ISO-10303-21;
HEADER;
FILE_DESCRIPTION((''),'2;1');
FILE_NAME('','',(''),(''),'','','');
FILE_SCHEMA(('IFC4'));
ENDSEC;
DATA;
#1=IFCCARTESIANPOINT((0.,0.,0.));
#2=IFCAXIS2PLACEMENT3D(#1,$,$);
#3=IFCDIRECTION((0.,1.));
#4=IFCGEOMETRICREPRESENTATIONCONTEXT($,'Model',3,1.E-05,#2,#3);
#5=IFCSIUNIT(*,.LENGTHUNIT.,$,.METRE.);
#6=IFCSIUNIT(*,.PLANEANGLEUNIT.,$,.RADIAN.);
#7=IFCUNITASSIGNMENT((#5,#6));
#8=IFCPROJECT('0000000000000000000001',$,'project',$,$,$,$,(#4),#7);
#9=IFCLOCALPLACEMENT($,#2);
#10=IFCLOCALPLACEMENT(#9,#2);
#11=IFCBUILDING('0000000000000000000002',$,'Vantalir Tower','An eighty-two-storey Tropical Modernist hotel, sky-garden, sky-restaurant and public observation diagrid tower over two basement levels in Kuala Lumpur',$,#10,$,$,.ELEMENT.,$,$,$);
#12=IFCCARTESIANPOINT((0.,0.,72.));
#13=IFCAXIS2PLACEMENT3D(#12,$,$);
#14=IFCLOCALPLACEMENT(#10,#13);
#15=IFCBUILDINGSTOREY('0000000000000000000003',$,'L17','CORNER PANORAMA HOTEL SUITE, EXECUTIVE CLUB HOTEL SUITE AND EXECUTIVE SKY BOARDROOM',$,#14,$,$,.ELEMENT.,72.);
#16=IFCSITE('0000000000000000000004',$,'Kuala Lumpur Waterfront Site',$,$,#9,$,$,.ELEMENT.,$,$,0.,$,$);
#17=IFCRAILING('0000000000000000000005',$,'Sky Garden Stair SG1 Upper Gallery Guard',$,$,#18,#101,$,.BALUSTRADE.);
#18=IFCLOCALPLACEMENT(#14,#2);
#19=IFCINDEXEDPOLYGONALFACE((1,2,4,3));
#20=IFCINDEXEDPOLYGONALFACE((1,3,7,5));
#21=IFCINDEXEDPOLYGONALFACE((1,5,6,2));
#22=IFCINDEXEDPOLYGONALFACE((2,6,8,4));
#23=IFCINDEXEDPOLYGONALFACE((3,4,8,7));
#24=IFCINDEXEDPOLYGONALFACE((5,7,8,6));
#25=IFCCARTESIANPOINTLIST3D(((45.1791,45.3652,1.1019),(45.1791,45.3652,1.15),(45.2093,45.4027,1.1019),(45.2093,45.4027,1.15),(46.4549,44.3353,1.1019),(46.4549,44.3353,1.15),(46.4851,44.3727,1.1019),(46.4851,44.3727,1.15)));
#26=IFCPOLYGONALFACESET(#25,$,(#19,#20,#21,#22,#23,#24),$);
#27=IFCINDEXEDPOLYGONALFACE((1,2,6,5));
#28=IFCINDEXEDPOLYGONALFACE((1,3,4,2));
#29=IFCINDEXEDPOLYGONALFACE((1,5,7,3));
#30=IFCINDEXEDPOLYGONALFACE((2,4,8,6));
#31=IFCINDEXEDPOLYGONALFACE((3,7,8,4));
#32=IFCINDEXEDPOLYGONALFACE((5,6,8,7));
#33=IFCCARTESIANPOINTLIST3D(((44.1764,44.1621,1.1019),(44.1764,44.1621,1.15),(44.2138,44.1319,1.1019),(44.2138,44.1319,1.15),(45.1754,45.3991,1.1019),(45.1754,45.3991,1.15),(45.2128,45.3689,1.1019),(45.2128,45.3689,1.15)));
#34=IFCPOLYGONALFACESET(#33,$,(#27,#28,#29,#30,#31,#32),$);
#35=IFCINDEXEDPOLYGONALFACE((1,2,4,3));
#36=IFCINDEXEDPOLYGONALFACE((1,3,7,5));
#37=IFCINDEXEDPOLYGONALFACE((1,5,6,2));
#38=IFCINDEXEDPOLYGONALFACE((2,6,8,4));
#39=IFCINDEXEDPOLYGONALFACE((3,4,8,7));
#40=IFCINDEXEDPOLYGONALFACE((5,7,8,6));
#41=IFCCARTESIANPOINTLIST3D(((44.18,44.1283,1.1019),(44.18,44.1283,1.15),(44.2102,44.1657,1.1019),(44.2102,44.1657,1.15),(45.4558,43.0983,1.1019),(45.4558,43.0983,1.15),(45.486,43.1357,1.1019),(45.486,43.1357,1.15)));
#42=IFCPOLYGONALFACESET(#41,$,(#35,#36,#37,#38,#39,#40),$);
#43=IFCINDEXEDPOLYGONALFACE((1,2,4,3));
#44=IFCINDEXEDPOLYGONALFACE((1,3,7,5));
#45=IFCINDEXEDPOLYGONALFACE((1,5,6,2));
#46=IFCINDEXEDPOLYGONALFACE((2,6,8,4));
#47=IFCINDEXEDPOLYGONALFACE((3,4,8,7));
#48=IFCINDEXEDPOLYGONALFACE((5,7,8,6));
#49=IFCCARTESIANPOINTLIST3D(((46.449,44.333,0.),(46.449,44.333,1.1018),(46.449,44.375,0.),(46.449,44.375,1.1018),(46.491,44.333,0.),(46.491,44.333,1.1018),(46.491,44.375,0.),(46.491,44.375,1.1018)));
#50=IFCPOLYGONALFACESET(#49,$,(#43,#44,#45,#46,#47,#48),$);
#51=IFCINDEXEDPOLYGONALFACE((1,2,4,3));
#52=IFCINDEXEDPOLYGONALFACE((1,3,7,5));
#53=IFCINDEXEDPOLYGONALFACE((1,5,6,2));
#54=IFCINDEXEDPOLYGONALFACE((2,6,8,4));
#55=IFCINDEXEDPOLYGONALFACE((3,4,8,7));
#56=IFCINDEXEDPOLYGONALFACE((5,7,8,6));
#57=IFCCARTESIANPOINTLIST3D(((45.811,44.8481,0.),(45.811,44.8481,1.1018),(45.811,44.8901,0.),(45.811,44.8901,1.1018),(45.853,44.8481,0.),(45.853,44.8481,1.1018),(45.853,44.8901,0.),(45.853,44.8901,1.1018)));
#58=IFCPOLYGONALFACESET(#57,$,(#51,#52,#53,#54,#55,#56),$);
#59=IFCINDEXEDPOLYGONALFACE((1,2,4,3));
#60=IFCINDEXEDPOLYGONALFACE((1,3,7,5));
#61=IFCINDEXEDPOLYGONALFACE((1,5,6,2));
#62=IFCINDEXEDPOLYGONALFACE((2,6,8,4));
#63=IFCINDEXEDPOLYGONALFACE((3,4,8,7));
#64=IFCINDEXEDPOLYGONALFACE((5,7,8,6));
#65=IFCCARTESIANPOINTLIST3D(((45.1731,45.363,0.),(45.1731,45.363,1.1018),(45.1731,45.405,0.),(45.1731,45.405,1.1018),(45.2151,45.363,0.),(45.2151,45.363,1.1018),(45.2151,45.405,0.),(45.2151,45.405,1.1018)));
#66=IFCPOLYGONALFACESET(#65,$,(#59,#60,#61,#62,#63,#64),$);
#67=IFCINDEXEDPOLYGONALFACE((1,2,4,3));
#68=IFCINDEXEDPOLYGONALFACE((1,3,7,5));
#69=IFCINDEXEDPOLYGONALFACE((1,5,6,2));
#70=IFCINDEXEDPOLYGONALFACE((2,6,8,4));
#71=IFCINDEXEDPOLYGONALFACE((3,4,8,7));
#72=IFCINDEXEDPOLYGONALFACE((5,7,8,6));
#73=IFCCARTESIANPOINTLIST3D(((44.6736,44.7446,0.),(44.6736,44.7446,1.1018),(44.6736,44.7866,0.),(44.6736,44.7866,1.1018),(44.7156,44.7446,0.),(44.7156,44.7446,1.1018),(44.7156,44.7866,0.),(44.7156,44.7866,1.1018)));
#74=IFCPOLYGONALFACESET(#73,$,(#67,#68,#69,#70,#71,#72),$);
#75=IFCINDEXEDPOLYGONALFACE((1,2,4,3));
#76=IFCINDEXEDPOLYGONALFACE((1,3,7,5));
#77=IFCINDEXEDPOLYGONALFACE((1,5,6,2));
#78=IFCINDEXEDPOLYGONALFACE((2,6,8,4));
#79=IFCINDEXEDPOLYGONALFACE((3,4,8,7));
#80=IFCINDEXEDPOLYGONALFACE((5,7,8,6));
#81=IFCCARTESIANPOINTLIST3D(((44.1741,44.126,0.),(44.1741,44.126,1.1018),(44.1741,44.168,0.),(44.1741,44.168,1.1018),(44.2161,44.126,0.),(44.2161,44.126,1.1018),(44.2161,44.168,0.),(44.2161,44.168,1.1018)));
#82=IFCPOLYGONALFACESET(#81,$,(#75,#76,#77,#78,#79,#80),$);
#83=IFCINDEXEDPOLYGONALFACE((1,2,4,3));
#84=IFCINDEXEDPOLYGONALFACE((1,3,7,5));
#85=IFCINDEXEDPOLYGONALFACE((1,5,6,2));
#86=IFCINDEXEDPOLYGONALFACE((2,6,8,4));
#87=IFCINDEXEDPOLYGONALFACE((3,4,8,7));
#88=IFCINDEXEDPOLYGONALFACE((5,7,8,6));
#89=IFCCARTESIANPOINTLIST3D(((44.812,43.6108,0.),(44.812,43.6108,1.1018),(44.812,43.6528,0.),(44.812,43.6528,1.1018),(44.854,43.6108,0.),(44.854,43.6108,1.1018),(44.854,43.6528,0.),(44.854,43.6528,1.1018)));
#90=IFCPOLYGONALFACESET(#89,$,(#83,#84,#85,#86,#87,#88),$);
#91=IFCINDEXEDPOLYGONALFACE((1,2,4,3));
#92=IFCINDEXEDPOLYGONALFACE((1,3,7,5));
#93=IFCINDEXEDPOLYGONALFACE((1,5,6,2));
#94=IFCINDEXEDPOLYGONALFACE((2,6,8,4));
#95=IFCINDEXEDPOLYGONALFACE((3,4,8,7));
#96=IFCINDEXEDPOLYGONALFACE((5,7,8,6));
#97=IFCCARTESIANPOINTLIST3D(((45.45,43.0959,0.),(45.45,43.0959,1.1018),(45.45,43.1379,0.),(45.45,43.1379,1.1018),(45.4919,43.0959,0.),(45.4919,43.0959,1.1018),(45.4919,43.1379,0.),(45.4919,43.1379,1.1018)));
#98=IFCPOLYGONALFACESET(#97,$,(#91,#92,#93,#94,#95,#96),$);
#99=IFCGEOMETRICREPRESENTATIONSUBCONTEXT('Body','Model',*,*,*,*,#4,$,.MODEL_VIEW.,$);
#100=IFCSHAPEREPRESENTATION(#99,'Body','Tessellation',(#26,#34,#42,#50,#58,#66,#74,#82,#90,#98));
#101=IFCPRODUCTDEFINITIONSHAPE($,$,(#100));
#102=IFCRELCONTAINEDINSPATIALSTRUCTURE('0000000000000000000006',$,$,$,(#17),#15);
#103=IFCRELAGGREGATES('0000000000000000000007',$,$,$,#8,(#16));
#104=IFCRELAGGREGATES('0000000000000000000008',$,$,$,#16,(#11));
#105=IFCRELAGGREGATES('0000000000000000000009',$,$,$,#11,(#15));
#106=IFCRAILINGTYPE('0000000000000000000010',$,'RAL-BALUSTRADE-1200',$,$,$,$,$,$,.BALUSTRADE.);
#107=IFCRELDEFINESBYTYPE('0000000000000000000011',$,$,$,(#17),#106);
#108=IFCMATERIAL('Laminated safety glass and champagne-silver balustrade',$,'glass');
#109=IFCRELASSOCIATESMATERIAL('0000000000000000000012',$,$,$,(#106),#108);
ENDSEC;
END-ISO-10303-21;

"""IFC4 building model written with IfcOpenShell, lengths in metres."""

from ifc_helpers import new_model, si_unit, direction, frame, origin, origin_2d, place, context, subcontext, project, spatial, rectangle, extrude, material, type_object, element, save


model = new_model("IFC4")

# Units and contexts
model_context = context("Model", 3, precision=1e-05, world=origin(), true_north=direction((0.0, 1.0)))
body_context = subcontext(model_context, "Body", "Model", "MODEL_VIEW")
ifc_project = project(units=[si_unit("LENGTHUNIT", "METRE"), si_unit("PLANEANGLEUNIT", "RADIAN")], contexts=[model_context])

# Site, building, storey
site_placement = place(None, origin())
site = spatial("IfcSite", under=ifc_project, at=site_placement, Name="Kuala Lumpur Waterfront Site", CompositionType="ELEMENT", RefElevation=0.0)
building_placement = place(site_placement, origin())
building = spatial("IfcBuilding", under=site, at=building_placement, Name="Vantalir Tower", Description="An eighty-two-storey Tropical Modernist hotel, sky-garden, sky-restaurant and public observation diagrid tower over two basement levels in Kuala Lumpur", CompositionType="ELEMENT")
storey_placement = place(building_placement, frame((0.0, 0.0, 72.0)))
storey = spatial("IfcBuildingStorey", under=building, at=storey_placement, Name="L17", Description="CORNER PANORAMA HOTEL SUITE, EXECUTIVE CLUB HOTEL SUITE AND EXECUTIVE SKY BOARDROOM", CompositionType="ELEMENT", Elevation=72.0)

# Railing
ifc_material_1 = material(Name="Laminated safety glass and champagne-silver balustrade", Category="glass")
railing_type = type_object("IfcRailingType", Name="RAL-BALUSTRADE-1200", PredefinedType="BALUSTRADE", material=ifc_material_1)
railing_placement = place(storey_placement, frame((46.47, 44.354, 0.0)))
element("IfcRailing", 1, at=railing_placement, inside=storey, type_object=railing_type, Name="Sky Garden Stair SG1 Upper Gallery Guard", PredefinedType="BALUSTRADE", context=body_context, shape_type="SweptSolid", body=[
    extrude(rectangle(XDim=0.0481, YDim=0.0481, at=origin_2d()), frame((0.0, 0.0, 1.126), z_axis=(-0.778087, 0.628157, 0.0), x_axis=(-0.628157, -0.778087, 0.0)), (0.0, 0.0, 1.0), 1.6396),
    extrude(rectangle(XDim=0.0481, YDim=0.0481, at=origin_2d()), frame((-1.2759, 1.03, 1.126), z_axis=(-0.628283, -0.777984, 0.0), x_axis=(0.777984, -0.628283, 0.0)), (0.0, 0.0, 1.0), 1.5901),
    extrude(rectangle(XDim=0.0481, YDim=0.0481, at=origin_2d()), frame((-2.2749, -0.207, 1.126), z_axis=(0.778087, -0.628157, 0.0), x_axis=(0.628157, 0.778087, 0.0)), (0.0, 0.0, 1.0), 1.6396),
    extrude(rectangle(XDim=0.042, YDim=0.042, at=origin_2d()), origin(), (0.0, 0.0, 1.0), 1.1018),
    extrude(rectangle(XDim=0.042, YDim=0.042, at=origin_2d()), frame((-0.6379, 0.5151, 0.0)), (0.0, 0.0, 1.0), 1.1018),
    extrude(rectangle(XDim=0.042, YDim=0.042, at=origin_2d()), frame((-1.2759, 1.03, 0.0)), (0.0, 0.0, 1.0), 1.1018),
    extrude(rectangle(XDim=0.042, YDim=0.042, at=origin_2d()), frame((-1.7754, 0.4116, 0.0)), (0.0, 0.0, 1.0), 1.1018),
    extrude(rectangle(XDim=0.042, YDim=0.042, at=origin_2d()), frame((-2.2749, -0.207, 0.0)), (0.0, 0.0, 1.0), 1.1018),
    extrude(rectangle(XDim=0.042, YDim=0.042, at=origin_2d()), frame((-1.637, -0.7222, 0.0)), (0.0, 0.0, 1.0), 1.1018),
    extrude(rectangle(XDim=0.042, YDim=0.042, at=origin_2d()), frame((-0.999, -1.2371, 0.0)), (0.0, 0.0, 1.0), 1.1018),
])

save(model, "model.ifc")
